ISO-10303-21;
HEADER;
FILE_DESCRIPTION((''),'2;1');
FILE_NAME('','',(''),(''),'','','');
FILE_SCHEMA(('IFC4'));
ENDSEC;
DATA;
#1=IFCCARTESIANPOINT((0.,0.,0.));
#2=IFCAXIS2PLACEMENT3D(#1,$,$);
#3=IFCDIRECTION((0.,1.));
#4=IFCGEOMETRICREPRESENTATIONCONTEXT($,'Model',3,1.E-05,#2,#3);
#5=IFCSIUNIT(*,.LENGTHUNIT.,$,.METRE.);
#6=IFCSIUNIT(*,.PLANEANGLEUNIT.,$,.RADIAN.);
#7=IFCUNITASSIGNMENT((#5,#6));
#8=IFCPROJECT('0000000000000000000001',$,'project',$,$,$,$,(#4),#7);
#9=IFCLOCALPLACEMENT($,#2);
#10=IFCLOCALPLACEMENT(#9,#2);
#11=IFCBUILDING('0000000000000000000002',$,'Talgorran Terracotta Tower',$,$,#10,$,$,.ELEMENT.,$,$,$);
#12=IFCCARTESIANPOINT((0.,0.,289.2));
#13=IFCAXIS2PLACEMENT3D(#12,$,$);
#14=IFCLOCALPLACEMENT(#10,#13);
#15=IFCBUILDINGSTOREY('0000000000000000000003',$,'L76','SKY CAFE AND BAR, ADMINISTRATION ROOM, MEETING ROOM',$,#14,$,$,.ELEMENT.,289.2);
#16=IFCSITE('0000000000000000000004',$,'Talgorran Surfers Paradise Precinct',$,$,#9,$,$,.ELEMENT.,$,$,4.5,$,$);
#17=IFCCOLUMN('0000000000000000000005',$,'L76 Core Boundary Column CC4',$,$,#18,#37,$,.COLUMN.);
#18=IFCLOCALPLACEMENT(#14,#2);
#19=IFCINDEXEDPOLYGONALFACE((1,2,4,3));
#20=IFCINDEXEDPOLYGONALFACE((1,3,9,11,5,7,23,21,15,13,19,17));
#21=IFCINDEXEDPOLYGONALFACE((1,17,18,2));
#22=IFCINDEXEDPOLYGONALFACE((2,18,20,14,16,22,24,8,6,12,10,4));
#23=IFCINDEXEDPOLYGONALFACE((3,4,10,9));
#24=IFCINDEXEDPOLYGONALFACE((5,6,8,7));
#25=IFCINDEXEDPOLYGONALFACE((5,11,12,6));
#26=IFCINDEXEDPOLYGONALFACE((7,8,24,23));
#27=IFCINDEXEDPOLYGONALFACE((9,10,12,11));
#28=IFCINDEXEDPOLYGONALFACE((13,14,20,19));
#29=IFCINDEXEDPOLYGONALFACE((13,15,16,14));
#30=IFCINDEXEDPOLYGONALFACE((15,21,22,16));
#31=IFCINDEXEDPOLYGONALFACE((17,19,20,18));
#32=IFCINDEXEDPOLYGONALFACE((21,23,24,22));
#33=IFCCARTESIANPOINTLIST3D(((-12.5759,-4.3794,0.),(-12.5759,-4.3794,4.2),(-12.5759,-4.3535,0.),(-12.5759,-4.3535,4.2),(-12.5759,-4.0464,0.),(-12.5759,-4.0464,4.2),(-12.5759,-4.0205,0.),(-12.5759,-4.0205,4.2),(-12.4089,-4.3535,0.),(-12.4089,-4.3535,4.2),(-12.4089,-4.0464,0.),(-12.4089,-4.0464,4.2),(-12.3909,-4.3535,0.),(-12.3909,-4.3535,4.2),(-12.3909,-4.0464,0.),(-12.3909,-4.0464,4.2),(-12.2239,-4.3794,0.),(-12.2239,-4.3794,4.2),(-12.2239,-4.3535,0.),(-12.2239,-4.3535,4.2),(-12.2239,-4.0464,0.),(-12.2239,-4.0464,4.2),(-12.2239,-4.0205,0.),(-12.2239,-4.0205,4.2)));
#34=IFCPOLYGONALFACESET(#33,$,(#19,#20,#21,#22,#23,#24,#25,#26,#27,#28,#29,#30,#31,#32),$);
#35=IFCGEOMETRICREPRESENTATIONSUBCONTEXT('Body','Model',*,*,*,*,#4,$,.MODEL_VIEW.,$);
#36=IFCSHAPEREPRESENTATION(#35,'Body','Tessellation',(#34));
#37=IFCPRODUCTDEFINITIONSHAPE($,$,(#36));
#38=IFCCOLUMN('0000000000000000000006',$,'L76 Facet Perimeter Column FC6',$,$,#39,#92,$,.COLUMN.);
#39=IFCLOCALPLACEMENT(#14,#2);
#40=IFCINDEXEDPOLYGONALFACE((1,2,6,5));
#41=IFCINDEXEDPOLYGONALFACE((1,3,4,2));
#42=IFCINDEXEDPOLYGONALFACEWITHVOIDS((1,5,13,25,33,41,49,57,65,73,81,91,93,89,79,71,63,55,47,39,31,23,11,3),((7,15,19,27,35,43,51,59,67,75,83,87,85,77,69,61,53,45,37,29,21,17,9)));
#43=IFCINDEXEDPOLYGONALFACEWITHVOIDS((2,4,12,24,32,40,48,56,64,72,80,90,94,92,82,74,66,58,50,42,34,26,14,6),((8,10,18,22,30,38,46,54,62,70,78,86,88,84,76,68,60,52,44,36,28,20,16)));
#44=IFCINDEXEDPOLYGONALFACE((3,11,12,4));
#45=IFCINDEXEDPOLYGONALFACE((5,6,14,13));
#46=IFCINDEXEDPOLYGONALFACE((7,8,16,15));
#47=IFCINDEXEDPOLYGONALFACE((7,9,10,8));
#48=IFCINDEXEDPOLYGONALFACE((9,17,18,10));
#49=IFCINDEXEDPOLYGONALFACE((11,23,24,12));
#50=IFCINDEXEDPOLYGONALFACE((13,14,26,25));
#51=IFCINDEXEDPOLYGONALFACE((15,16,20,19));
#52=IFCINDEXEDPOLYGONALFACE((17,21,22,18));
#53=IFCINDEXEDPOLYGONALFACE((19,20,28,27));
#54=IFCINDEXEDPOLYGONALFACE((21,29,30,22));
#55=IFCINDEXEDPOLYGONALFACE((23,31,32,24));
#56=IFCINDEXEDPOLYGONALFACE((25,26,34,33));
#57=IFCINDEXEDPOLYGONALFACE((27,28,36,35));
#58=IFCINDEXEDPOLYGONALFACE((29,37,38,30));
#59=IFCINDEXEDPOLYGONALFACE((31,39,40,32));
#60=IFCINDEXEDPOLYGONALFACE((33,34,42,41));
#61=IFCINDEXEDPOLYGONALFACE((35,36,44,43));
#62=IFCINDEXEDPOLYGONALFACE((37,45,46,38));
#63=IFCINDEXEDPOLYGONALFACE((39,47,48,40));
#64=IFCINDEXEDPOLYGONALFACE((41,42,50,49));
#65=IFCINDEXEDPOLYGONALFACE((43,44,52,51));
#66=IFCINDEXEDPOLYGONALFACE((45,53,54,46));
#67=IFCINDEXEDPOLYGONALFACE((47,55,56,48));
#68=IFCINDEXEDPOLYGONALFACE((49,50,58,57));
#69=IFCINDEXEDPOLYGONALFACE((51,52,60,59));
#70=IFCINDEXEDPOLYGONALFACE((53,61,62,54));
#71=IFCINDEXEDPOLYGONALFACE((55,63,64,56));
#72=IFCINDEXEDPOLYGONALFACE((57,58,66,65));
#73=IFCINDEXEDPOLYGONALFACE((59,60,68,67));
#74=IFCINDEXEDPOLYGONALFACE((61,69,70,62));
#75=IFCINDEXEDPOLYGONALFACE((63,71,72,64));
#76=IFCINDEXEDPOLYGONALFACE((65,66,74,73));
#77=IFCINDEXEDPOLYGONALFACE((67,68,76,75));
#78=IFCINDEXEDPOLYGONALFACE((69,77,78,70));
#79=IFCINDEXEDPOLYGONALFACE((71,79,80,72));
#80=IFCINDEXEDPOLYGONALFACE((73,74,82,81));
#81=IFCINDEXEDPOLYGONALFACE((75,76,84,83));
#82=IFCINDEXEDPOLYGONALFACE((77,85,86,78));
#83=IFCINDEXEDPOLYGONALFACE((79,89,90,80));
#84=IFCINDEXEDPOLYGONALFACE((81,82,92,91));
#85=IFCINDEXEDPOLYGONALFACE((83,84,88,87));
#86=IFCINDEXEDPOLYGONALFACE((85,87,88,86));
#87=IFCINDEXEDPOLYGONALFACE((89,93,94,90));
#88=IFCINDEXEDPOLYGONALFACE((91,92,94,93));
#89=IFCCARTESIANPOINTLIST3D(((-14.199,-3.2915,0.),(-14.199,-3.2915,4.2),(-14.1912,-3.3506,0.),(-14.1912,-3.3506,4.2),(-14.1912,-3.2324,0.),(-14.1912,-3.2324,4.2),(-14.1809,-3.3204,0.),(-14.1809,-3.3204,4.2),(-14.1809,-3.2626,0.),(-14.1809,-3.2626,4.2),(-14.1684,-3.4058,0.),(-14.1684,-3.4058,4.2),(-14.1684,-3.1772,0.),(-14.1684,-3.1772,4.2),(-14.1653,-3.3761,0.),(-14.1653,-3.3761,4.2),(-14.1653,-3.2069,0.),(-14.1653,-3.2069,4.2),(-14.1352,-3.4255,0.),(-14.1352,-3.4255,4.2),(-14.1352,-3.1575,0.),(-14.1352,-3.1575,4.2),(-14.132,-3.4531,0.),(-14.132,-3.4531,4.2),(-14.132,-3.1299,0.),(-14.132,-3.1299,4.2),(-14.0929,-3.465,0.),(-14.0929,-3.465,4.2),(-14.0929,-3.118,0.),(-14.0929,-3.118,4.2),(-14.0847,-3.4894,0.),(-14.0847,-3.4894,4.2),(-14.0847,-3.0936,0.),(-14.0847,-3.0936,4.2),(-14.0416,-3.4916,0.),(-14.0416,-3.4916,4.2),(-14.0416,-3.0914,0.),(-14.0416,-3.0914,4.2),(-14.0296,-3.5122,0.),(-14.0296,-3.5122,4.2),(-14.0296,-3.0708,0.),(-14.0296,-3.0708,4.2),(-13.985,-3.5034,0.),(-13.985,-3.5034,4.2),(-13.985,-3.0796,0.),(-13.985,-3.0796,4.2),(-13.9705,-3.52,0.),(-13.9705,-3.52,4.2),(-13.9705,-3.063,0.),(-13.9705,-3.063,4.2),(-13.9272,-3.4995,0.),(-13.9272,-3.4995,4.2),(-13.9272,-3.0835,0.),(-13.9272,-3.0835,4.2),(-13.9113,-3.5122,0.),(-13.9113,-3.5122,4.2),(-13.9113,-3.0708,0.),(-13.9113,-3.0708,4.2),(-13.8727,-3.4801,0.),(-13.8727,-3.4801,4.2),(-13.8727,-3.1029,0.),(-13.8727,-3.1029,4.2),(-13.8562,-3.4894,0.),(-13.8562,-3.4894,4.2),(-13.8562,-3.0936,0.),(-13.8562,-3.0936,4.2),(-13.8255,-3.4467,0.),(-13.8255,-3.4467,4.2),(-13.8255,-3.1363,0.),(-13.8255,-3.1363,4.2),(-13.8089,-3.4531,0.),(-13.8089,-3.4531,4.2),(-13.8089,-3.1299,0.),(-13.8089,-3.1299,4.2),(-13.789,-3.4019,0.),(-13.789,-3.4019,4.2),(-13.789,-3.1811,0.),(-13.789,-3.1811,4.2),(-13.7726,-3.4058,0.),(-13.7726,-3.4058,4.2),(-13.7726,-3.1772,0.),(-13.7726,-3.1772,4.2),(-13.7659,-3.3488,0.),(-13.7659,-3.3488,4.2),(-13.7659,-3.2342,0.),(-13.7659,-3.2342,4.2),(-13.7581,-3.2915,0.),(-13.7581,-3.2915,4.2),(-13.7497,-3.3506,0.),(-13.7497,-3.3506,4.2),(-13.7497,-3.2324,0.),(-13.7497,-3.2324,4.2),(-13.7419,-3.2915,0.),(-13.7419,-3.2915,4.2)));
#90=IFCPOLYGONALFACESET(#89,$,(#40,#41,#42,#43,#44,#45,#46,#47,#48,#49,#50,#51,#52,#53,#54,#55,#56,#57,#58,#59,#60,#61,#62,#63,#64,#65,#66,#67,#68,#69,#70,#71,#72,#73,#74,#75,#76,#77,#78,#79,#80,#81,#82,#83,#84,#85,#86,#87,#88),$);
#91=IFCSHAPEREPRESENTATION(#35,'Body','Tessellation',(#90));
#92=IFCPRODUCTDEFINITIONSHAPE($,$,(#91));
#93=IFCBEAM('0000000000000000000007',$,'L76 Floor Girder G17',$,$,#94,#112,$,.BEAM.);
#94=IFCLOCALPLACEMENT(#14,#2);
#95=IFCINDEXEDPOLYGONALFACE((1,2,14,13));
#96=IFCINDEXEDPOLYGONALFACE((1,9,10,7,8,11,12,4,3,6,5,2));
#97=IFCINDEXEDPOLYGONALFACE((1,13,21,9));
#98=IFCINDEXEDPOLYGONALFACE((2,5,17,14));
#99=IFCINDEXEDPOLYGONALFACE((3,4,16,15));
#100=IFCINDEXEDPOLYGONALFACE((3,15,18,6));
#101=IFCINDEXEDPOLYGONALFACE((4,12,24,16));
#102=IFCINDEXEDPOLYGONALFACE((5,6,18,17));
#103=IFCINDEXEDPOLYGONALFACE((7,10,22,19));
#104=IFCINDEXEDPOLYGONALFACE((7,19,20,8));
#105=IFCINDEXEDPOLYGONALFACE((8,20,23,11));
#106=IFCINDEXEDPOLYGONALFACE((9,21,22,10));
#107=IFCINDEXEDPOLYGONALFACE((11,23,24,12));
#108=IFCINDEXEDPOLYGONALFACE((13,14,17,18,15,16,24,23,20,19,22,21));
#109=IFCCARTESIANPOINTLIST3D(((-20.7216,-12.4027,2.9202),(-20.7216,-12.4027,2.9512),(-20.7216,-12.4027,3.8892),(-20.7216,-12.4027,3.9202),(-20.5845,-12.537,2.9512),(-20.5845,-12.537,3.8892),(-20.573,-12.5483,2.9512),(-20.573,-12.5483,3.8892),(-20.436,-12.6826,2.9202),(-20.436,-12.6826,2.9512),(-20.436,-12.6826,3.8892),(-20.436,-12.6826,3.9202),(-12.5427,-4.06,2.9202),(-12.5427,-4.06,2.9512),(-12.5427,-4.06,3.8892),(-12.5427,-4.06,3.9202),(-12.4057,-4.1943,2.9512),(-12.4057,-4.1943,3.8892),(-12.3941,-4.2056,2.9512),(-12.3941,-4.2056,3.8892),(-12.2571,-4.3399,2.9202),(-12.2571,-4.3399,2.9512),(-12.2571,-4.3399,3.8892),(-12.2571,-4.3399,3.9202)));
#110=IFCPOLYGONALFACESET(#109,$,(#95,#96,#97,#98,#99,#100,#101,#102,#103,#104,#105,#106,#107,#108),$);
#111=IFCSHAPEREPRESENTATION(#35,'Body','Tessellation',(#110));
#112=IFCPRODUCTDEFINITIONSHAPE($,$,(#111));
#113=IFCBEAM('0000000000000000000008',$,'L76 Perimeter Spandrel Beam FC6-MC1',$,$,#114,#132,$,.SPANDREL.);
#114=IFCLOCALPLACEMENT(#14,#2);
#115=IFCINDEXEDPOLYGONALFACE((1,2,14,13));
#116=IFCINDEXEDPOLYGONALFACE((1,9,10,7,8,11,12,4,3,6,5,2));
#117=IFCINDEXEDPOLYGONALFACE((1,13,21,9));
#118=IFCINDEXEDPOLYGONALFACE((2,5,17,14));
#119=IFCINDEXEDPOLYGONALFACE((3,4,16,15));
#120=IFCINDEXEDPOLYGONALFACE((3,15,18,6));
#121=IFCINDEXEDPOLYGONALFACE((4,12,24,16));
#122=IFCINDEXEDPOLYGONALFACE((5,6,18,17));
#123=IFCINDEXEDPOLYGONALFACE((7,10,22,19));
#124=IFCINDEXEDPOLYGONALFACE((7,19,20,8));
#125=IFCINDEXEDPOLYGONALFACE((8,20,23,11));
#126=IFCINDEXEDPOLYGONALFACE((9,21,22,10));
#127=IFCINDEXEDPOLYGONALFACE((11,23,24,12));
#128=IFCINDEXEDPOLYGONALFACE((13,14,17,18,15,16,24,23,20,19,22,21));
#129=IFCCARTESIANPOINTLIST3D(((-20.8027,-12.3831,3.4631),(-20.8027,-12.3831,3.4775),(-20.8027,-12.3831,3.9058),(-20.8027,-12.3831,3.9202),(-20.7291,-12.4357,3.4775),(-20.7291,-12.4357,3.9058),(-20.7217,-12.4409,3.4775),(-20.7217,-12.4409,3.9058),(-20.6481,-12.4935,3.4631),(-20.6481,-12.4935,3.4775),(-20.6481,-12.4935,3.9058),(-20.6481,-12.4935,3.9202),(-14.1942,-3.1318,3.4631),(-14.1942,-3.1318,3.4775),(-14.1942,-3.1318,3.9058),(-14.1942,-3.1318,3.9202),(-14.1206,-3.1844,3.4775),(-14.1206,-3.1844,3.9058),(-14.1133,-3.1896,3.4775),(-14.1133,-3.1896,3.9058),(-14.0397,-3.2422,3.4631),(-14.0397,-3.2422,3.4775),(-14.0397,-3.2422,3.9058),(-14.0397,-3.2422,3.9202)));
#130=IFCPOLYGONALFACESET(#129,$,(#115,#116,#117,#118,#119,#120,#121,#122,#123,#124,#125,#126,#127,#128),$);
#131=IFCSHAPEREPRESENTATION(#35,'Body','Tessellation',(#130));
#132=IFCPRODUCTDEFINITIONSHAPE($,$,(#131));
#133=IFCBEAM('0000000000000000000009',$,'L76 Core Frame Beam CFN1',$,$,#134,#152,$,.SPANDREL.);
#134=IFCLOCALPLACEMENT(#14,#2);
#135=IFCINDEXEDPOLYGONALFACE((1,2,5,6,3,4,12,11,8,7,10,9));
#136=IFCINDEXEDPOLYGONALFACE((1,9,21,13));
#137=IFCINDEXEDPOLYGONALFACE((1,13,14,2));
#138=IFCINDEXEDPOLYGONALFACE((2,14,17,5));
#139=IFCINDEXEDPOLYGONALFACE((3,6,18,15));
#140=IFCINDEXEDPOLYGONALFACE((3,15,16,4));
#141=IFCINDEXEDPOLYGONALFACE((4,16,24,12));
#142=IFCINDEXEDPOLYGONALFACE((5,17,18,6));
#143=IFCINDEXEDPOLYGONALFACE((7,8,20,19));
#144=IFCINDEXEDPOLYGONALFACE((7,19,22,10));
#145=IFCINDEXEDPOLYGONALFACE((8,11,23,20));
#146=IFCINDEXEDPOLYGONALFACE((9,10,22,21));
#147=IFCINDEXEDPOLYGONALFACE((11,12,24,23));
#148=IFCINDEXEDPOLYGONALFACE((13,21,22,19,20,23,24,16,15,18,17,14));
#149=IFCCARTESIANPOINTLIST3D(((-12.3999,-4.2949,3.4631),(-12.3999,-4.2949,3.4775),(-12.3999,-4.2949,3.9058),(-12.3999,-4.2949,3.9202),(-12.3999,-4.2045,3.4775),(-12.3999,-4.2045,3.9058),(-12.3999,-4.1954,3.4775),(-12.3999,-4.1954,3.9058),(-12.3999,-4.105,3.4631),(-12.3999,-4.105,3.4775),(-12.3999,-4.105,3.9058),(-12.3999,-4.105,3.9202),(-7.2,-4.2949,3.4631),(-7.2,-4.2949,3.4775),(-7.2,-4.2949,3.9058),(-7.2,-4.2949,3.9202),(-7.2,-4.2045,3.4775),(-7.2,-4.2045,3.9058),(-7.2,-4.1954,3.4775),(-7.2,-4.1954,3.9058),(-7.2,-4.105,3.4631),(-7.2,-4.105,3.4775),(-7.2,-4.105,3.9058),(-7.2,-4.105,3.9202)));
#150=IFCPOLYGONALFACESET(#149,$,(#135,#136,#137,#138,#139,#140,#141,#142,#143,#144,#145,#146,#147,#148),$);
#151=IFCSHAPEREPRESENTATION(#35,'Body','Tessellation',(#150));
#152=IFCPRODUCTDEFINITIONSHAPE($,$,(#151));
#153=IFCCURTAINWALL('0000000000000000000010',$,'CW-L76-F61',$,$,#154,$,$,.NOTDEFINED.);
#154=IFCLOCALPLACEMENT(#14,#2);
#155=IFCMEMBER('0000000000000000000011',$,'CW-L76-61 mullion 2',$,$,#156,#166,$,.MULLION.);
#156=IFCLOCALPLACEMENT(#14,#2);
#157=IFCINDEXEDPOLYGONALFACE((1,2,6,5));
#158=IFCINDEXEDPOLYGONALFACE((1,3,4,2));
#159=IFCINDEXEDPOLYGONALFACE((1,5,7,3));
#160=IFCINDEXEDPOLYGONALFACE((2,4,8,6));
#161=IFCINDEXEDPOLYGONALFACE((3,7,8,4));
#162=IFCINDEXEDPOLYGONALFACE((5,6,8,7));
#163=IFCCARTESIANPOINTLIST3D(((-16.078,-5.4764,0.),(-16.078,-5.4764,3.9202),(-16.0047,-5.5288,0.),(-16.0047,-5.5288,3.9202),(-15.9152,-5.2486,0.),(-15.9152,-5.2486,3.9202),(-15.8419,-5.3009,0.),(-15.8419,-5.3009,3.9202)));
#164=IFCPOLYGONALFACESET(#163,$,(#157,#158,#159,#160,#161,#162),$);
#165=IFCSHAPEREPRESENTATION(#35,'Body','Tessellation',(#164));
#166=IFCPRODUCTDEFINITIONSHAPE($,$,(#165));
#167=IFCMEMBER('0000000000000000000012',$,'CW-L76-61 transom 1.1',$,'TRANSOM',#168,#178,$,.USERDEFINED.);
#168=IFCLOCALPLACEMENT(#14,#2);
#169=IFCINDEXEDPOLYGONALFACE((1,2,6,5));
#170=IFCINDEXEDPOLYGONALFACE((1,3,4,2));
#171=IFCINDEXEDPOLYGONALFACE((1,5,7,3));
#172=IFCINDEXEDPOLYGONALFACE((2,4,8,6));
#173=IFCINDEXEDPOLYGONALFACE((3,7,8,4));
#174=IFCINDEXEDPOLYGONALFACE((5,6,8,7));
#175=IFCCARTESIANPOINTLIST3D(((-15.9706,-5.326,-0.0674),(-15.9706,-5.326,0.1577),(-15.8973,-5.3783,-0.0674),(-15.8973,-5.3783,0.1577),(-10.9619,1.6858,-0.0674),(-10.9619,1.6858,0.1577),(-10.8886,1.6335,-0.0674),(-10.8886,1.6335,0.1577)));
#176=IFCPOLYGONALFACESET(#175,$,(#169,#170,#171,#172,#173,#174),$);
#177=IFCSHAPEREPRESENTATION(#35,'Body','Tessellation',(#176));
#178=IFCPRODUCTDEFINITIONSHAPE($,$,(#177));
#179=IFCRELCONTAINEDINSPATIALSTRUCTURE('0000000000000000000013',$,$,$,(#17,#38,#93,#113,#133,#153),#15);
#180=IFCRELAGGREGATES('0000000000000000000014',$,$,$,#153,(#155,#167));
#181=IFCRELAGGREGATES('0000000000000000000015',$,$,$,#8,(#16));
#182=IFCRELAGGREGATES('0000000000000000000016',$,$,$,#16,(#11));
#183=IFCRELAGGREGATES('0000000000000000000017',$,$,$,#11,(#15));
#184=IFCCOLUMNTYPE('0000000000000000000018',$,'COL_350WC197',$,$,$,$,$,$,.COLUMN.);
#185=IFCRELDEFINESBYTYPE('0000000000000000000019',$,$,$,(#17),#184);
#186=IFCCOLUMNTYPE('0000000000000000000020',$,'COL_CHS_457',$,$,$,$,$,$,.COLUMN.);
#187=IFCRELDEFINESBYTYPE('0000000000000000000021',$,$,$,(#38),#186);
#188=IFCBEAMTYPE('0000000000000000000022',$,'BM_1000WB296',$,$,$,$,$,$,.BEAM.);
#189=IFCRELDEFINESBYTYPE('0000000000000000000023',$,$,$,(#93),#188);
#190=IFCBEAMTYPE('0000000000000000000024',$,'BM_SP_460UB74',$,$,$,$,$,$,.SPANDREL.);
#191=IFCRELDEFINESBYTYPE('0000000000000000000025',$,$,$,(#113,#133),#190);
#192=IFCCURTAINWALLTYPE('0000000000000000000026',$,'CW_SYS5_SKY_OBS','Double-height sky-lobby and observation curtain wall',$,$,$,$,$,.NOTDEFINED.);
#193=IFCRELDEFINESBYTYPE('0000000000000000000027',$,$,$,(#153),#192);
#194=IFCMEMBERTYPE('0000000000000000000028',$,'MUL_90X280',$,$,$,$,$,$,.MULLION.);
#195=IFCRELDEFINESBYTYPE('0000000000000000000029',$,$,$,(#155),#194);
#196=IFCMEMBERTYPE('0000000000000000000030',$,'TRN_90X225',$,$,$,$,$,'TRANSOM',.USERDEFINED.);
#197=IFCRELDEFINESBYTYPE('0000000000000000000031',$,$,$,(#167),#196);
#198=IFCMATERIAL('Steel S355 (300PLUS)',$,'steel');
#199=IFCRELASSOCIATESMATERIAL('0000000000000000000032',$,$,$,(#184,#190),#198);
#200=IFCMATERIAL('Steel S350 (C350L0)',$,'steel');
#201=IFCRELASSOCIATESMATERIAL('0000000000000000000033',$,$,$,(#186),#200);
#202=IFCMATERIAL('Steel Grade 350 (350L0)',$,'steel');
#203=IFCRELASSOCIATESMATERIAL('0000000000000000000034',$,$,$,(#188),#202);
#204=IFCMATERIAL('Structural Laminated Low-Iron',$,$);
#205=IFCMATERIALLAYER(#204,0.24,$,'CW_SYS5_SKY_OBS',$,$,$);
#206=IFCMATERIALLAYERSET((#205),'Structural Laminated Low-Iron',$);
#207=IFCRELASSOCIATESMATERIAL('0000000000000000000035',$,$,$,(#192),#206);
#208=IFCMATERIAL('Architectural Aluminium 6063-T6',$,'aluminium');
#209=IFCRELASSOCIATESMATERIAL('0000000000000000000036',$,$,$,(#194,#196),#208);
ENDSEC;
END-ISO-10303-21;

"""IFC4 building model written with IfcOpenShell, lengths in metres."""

from ifc_helpers import new_model, si_unit, direction, frame, origin, origin_2d, place, context, subcontext, project, spatial, rectangle, hollow_circle, i_section, extrude, material, layer, layer_set, material_profile, profile_set, type_object, element, aggregate, save


model = new_model("IFC4")

# Units and contexts
model_context = context("Model", 3, precision=1e-05, world=origin(), true_north=direction((0.0, 1.0)))
body_context = subcontext(model_context, "Body", "Model", "MODEL_VIEW")
ifc_project = project(units=[si_unit("LENGTHUNIT", "METRE"), si_unit("PLANEANGLEUNIT", "RADIAN")], contexts=[model_context])

# Site, building, storey
site_placement = place(None, origin())
site = spatial("IfcSite", under=ifc_project, at=site_placement, Name="Talgorran Surfers Paradise Precinct", CompositionType="ELEMENT", RefElevation=4.5)
building_placement = place(site_placement, origin())
building = spatial("IfcBuilding", under=site, at=building_placement, Name="Talgorran Terracotta Tower", CompositionType="ELEMENT")
storey_placement = place(building_placement, frame((0.0, 0.0, 289.2)))
storey = spatial("IfcBuildingStorey", under=building, at=storey_placement, Name="L76", Description="SKY CAFE AND BAR, ADMINISTRATION ROOM, MEETING ROOM", CompositionType="ELEMENT", Elevation=289.2)

# Columns
ifc_material_1 = material(Name="Steel S355 (300PLUS)", Category="steel")
ifc_material_profile_1 = material_profile(ifc_material_1, i_section(OverallWidth=0.3521, OverallDepth=0.3589, WebThickness=0.0181, FlangeThickness=0.0259, at=origin_2d()), Name="350WC197")
ifc_profile_set_1 = profile_set([ifc_material_profile_1], Name="Steel S355 (300PLUS)")
column_type_1 = type_object("IfcColumnType", Name="COL_350WC197", PredefinedType="COLUMN", material=ifc_profile_set_1)
column_1_placement = place(storey_placement, frame((-12.3999, -4.2, 0.0), z_axis=(0.0, 0.0, 1.0), x_axis=(1.0, 0.0, 0.0)))
element("IfcColumn", 1, at=column_1_placement, inside=storey, type_object=column_type_1, Name="L76 Core Boundary Column CC4", PredefinedType="COLUMN", context=body_context, shape_type="SweptSolid", body=[
    extrude(i_section(OverallWidth=0.3521, OverallDepth=0.3589, WebThickness=0.0181, FlangeThickness=0.0259, at=origin_2d()), origin(), (0.0, 0.0, 1.0), 4.2),
])
ifc_material_2 = material(Name="Steel S350 (C350L0)", Category="steel")
ifc_material_profile_2 = material_profile(ifc_material_2, hollow_circle(Radius=0.2285, WallThickness=0.0161, at=origin_2d()), Name="CHS457X16")
ifc_profile_set_2 = profile_set([ifc_material_profile_2], Name="Steel S350 (C350L0)")
column_type_2 = type_object("IfcColumnType", Name="COL_CHS_457", PredefinedType="COLUMN", material=ifc_profile_set_2)
column_2_placement = place(storey_placement, frame((-13.9705, -3.2915, 0.0), z_axis=(0.0, 0.0, 1.0), x_axis=(1.0, 0.0, 0.0)))
element("IfcColumn", 2, at=column_2_placement, inside=storey, type_object=column_type_2, Name="L76 Facet Perimeter Column FC6", PredefinedType="COLUMN", context=body_context, shape_type="SweptSolid", body=[
    extrude(hollow_circle(Radius=0.2285, WallThickness=0.0161, at=origin_2d()), origin(), (0.0, 0.0, 1.0), 4.2),
])

# Beams
ifc_material_3 = material(Name="Steel Grade 350 (350L0)", Category="steel")
ifc_material_profile_3 = material_profile(ifc_material_3, i_section(OverallWidth=0.3999, OverallDepth=1.0, WebThickness=0.0161, FlangeThickness=0.031, at=origin_2d()), Name="1000WB296")
ifc_profile_set_3 = profile_set([ifc_material_profile_3], Name="Steel Grade 350 (350L0)")
beam_type_1 = type_object("IfcBeamType", Name="BM_1000WB296", PredefinedType="BEAM", material=ifc_profile_set_3)
beam_1_placement = place(storey_placement, frame((-12.3999, -4.2, 3.4202), z_axis=(-0.700061, -0.714083, 0.0), x_axis=(0.714083, -0.700061, 0.0)))
element("IfcBeam", 3, at=beam_1_placement, inside=storey, type_object=beam_type_1, Name="L76 Floor Girder G17", PredefinedType="BEAM", context=body_context, shape_type="SweptSolid", body=[
    extrude(i_section(OverallWidth=0.3999, OverallDepth=1.0, WebThickness=0.0161, FlangeThickness=0.031, at=origin_2d()), origin(), (0.0, 0.0, 1.0), 11.6831),
])
ifc_material_profile_4 = material_profile(ifc_material_1, i_section(OverallWidth=0.1899, OverallDepth=0.457, WebThickness=0.009, FlangeThickness=0.0144, at=origin_2d()), Name="460UB74.6")
ifc_profile_set_4 = profile_set([ifc_material_profile_4], Name="Steel S355 (300PLUS)")
beam_type_2 = type_object("IfcBeamType", Name="BM_SP_460UB74", PredefinedType="SPANDREL", material=ifc_profile_set_4)
beam_2_placement = place(storey_placement, frame((-14.1169, -3.187, 3.6917), z_axis=(-0.581261, -0.813718, 0.0), x_axis=(0.813718, -0.581261, 0.0)))
element("IfcBeam", 4, at=beam_2_placement, inside=storey, type_object=beam_type_2, Name="L76 Perimeter Spandrel Beam FC6-MC1", PredefinedType="SPANDREL", context=body_context, shape_type="SweptSolid", body=[
    extrude(i_section(OverallWidth=0.1899, OverallDepth=0.457, WebThickness=0.009, FlangeThickness=0.0144, at=origin_2d()), origin(), (0.0, 0.0, 1.0), 11.3691),
])
beam_3_placement = place(storey_placement, frame((-12.3999, -4.2, 3.6917), z_axis=(1.0, 0.0, 0.0), x_axis=(0.0, 1.0, 0.0)))
element("IfcBeam", 5, at=beam_3_placement, inside=storey, type_object=beam_type_2, Name="L76 Core Frame Beam CFN1", PredefinedType="SPANDREL", context=body_context, shape_type="SweptSolid", body=[
    extrude(i_section(OverallWidth=0.1899, OverallDepth=0.457, WebThickness=0.009, FlangeThickness=0.0144, at=origin_2d()), origin(), (0.0, 0.0, 1.0), 5.2),
])

# Curtain wall, members
ifc_material_4 = material(Name="Structural Laminated Low-Iron")
ifc_layer_1 = layer(ifc_material_4, 0.24, Name="CW_SYS5_SKY_OBS")
ifc_layer_set_1 = layer_set([ifc_layer_1], Name="Structural Laminated Low-Iron")
curtain_wall_type = type_object("IfcCurtainWallType", Name="CW_SYS5_SKY_OBS", Description="Double-height sky-lobby and observation curtain wall", PredefinedType="NOTDEFINED", material=ifc_layer_set_1)
curtain_wall_placement = place(storey_placement, origin())
curtain_wall = element("IfcCurtainWall", 6, at=curtain_wall_placement, inside=storey, type_object=curtain_wall_type, Name="CW-L76-F61", PredefinedType="NOTDEFINED")
ifc_material_5 = material(Name="Architectural Aluminium 6063-T6", Category="aluminium")
ifc_material_profile_5 = material_profile(ifc_material_5, rectangle(XDim=0.0901, YDim=0.28, at=origin_2d()), Name="CWM90X280")
ifc_profile_set_5 = profile_set([ifc_material_profile_5], Name="Architectural Aluminium 6063-T6")
member_type_1 = type_object("IfcMemberType", Name="MUL_90X280", PredefinedType="MULLION", material=ifc_profile_set_5)
member_1_placement = place(storey_placement, frame((-15.96, -5.3887, 0.0), z_axis=(0.0, 0.0, 1.0), x_axis=(0.813727, -0.581248, 0.0)))
member_1 = element("IfcMember", 7, at=member_1_placement, type_object=member_type_1, Name="CW-L76-61 mullion 2", PredefinedType="MULLION", context=body_context, shape_type="SweptSolid", body=[
    extrude(rectangle(XDim=0.0901, YDim=0.28, at=origin_2d()), origin(), (0.0, 0.0, 1.0), 3.9202),
])
ifc_material_profile_6 = material_profile(ifc_material_5, rectangle(XDim=0.0901, YDim=0.2251, at=origin_2d()), Name="CWT90X225")
ifc_profile_set_6 = profile_set([ifc_material_profile_6], Name="Architectural Aluminium 6063-T6")
member_type_2 = type_object("IfcMemberType", Name="TRN_90X225", ElementType="TRANSOM", PredefinedType="USERDEFINED", material=ifc_profile_set_6)
member_2_placement = place(storey_placement, frame((-10.9253, 1.6597, 0.0452), z_axis=(-0.581252, -0.813724, 0.0), x_axis=(0.813724, -0.581252, 0.0)))
member_2 = element("IfcMember", 8, at=member_2_placement, type_object=member_type_2, Name="CW-L76-61 transom 1.1", ObjectType="TRANSOM", PredefinedType="USERDEFINED", context=body_context, shape_type="SweptSolid", body=[
    extrude(rectangle(XDim=0.0901, YDim=0.2251, at=origin_2d()), origin(), (0.0, 0.0, 1.0), 8.6169),
])

aggregate(curtain_wall, [member_1, member_2])

save(model, "model.ifc")
